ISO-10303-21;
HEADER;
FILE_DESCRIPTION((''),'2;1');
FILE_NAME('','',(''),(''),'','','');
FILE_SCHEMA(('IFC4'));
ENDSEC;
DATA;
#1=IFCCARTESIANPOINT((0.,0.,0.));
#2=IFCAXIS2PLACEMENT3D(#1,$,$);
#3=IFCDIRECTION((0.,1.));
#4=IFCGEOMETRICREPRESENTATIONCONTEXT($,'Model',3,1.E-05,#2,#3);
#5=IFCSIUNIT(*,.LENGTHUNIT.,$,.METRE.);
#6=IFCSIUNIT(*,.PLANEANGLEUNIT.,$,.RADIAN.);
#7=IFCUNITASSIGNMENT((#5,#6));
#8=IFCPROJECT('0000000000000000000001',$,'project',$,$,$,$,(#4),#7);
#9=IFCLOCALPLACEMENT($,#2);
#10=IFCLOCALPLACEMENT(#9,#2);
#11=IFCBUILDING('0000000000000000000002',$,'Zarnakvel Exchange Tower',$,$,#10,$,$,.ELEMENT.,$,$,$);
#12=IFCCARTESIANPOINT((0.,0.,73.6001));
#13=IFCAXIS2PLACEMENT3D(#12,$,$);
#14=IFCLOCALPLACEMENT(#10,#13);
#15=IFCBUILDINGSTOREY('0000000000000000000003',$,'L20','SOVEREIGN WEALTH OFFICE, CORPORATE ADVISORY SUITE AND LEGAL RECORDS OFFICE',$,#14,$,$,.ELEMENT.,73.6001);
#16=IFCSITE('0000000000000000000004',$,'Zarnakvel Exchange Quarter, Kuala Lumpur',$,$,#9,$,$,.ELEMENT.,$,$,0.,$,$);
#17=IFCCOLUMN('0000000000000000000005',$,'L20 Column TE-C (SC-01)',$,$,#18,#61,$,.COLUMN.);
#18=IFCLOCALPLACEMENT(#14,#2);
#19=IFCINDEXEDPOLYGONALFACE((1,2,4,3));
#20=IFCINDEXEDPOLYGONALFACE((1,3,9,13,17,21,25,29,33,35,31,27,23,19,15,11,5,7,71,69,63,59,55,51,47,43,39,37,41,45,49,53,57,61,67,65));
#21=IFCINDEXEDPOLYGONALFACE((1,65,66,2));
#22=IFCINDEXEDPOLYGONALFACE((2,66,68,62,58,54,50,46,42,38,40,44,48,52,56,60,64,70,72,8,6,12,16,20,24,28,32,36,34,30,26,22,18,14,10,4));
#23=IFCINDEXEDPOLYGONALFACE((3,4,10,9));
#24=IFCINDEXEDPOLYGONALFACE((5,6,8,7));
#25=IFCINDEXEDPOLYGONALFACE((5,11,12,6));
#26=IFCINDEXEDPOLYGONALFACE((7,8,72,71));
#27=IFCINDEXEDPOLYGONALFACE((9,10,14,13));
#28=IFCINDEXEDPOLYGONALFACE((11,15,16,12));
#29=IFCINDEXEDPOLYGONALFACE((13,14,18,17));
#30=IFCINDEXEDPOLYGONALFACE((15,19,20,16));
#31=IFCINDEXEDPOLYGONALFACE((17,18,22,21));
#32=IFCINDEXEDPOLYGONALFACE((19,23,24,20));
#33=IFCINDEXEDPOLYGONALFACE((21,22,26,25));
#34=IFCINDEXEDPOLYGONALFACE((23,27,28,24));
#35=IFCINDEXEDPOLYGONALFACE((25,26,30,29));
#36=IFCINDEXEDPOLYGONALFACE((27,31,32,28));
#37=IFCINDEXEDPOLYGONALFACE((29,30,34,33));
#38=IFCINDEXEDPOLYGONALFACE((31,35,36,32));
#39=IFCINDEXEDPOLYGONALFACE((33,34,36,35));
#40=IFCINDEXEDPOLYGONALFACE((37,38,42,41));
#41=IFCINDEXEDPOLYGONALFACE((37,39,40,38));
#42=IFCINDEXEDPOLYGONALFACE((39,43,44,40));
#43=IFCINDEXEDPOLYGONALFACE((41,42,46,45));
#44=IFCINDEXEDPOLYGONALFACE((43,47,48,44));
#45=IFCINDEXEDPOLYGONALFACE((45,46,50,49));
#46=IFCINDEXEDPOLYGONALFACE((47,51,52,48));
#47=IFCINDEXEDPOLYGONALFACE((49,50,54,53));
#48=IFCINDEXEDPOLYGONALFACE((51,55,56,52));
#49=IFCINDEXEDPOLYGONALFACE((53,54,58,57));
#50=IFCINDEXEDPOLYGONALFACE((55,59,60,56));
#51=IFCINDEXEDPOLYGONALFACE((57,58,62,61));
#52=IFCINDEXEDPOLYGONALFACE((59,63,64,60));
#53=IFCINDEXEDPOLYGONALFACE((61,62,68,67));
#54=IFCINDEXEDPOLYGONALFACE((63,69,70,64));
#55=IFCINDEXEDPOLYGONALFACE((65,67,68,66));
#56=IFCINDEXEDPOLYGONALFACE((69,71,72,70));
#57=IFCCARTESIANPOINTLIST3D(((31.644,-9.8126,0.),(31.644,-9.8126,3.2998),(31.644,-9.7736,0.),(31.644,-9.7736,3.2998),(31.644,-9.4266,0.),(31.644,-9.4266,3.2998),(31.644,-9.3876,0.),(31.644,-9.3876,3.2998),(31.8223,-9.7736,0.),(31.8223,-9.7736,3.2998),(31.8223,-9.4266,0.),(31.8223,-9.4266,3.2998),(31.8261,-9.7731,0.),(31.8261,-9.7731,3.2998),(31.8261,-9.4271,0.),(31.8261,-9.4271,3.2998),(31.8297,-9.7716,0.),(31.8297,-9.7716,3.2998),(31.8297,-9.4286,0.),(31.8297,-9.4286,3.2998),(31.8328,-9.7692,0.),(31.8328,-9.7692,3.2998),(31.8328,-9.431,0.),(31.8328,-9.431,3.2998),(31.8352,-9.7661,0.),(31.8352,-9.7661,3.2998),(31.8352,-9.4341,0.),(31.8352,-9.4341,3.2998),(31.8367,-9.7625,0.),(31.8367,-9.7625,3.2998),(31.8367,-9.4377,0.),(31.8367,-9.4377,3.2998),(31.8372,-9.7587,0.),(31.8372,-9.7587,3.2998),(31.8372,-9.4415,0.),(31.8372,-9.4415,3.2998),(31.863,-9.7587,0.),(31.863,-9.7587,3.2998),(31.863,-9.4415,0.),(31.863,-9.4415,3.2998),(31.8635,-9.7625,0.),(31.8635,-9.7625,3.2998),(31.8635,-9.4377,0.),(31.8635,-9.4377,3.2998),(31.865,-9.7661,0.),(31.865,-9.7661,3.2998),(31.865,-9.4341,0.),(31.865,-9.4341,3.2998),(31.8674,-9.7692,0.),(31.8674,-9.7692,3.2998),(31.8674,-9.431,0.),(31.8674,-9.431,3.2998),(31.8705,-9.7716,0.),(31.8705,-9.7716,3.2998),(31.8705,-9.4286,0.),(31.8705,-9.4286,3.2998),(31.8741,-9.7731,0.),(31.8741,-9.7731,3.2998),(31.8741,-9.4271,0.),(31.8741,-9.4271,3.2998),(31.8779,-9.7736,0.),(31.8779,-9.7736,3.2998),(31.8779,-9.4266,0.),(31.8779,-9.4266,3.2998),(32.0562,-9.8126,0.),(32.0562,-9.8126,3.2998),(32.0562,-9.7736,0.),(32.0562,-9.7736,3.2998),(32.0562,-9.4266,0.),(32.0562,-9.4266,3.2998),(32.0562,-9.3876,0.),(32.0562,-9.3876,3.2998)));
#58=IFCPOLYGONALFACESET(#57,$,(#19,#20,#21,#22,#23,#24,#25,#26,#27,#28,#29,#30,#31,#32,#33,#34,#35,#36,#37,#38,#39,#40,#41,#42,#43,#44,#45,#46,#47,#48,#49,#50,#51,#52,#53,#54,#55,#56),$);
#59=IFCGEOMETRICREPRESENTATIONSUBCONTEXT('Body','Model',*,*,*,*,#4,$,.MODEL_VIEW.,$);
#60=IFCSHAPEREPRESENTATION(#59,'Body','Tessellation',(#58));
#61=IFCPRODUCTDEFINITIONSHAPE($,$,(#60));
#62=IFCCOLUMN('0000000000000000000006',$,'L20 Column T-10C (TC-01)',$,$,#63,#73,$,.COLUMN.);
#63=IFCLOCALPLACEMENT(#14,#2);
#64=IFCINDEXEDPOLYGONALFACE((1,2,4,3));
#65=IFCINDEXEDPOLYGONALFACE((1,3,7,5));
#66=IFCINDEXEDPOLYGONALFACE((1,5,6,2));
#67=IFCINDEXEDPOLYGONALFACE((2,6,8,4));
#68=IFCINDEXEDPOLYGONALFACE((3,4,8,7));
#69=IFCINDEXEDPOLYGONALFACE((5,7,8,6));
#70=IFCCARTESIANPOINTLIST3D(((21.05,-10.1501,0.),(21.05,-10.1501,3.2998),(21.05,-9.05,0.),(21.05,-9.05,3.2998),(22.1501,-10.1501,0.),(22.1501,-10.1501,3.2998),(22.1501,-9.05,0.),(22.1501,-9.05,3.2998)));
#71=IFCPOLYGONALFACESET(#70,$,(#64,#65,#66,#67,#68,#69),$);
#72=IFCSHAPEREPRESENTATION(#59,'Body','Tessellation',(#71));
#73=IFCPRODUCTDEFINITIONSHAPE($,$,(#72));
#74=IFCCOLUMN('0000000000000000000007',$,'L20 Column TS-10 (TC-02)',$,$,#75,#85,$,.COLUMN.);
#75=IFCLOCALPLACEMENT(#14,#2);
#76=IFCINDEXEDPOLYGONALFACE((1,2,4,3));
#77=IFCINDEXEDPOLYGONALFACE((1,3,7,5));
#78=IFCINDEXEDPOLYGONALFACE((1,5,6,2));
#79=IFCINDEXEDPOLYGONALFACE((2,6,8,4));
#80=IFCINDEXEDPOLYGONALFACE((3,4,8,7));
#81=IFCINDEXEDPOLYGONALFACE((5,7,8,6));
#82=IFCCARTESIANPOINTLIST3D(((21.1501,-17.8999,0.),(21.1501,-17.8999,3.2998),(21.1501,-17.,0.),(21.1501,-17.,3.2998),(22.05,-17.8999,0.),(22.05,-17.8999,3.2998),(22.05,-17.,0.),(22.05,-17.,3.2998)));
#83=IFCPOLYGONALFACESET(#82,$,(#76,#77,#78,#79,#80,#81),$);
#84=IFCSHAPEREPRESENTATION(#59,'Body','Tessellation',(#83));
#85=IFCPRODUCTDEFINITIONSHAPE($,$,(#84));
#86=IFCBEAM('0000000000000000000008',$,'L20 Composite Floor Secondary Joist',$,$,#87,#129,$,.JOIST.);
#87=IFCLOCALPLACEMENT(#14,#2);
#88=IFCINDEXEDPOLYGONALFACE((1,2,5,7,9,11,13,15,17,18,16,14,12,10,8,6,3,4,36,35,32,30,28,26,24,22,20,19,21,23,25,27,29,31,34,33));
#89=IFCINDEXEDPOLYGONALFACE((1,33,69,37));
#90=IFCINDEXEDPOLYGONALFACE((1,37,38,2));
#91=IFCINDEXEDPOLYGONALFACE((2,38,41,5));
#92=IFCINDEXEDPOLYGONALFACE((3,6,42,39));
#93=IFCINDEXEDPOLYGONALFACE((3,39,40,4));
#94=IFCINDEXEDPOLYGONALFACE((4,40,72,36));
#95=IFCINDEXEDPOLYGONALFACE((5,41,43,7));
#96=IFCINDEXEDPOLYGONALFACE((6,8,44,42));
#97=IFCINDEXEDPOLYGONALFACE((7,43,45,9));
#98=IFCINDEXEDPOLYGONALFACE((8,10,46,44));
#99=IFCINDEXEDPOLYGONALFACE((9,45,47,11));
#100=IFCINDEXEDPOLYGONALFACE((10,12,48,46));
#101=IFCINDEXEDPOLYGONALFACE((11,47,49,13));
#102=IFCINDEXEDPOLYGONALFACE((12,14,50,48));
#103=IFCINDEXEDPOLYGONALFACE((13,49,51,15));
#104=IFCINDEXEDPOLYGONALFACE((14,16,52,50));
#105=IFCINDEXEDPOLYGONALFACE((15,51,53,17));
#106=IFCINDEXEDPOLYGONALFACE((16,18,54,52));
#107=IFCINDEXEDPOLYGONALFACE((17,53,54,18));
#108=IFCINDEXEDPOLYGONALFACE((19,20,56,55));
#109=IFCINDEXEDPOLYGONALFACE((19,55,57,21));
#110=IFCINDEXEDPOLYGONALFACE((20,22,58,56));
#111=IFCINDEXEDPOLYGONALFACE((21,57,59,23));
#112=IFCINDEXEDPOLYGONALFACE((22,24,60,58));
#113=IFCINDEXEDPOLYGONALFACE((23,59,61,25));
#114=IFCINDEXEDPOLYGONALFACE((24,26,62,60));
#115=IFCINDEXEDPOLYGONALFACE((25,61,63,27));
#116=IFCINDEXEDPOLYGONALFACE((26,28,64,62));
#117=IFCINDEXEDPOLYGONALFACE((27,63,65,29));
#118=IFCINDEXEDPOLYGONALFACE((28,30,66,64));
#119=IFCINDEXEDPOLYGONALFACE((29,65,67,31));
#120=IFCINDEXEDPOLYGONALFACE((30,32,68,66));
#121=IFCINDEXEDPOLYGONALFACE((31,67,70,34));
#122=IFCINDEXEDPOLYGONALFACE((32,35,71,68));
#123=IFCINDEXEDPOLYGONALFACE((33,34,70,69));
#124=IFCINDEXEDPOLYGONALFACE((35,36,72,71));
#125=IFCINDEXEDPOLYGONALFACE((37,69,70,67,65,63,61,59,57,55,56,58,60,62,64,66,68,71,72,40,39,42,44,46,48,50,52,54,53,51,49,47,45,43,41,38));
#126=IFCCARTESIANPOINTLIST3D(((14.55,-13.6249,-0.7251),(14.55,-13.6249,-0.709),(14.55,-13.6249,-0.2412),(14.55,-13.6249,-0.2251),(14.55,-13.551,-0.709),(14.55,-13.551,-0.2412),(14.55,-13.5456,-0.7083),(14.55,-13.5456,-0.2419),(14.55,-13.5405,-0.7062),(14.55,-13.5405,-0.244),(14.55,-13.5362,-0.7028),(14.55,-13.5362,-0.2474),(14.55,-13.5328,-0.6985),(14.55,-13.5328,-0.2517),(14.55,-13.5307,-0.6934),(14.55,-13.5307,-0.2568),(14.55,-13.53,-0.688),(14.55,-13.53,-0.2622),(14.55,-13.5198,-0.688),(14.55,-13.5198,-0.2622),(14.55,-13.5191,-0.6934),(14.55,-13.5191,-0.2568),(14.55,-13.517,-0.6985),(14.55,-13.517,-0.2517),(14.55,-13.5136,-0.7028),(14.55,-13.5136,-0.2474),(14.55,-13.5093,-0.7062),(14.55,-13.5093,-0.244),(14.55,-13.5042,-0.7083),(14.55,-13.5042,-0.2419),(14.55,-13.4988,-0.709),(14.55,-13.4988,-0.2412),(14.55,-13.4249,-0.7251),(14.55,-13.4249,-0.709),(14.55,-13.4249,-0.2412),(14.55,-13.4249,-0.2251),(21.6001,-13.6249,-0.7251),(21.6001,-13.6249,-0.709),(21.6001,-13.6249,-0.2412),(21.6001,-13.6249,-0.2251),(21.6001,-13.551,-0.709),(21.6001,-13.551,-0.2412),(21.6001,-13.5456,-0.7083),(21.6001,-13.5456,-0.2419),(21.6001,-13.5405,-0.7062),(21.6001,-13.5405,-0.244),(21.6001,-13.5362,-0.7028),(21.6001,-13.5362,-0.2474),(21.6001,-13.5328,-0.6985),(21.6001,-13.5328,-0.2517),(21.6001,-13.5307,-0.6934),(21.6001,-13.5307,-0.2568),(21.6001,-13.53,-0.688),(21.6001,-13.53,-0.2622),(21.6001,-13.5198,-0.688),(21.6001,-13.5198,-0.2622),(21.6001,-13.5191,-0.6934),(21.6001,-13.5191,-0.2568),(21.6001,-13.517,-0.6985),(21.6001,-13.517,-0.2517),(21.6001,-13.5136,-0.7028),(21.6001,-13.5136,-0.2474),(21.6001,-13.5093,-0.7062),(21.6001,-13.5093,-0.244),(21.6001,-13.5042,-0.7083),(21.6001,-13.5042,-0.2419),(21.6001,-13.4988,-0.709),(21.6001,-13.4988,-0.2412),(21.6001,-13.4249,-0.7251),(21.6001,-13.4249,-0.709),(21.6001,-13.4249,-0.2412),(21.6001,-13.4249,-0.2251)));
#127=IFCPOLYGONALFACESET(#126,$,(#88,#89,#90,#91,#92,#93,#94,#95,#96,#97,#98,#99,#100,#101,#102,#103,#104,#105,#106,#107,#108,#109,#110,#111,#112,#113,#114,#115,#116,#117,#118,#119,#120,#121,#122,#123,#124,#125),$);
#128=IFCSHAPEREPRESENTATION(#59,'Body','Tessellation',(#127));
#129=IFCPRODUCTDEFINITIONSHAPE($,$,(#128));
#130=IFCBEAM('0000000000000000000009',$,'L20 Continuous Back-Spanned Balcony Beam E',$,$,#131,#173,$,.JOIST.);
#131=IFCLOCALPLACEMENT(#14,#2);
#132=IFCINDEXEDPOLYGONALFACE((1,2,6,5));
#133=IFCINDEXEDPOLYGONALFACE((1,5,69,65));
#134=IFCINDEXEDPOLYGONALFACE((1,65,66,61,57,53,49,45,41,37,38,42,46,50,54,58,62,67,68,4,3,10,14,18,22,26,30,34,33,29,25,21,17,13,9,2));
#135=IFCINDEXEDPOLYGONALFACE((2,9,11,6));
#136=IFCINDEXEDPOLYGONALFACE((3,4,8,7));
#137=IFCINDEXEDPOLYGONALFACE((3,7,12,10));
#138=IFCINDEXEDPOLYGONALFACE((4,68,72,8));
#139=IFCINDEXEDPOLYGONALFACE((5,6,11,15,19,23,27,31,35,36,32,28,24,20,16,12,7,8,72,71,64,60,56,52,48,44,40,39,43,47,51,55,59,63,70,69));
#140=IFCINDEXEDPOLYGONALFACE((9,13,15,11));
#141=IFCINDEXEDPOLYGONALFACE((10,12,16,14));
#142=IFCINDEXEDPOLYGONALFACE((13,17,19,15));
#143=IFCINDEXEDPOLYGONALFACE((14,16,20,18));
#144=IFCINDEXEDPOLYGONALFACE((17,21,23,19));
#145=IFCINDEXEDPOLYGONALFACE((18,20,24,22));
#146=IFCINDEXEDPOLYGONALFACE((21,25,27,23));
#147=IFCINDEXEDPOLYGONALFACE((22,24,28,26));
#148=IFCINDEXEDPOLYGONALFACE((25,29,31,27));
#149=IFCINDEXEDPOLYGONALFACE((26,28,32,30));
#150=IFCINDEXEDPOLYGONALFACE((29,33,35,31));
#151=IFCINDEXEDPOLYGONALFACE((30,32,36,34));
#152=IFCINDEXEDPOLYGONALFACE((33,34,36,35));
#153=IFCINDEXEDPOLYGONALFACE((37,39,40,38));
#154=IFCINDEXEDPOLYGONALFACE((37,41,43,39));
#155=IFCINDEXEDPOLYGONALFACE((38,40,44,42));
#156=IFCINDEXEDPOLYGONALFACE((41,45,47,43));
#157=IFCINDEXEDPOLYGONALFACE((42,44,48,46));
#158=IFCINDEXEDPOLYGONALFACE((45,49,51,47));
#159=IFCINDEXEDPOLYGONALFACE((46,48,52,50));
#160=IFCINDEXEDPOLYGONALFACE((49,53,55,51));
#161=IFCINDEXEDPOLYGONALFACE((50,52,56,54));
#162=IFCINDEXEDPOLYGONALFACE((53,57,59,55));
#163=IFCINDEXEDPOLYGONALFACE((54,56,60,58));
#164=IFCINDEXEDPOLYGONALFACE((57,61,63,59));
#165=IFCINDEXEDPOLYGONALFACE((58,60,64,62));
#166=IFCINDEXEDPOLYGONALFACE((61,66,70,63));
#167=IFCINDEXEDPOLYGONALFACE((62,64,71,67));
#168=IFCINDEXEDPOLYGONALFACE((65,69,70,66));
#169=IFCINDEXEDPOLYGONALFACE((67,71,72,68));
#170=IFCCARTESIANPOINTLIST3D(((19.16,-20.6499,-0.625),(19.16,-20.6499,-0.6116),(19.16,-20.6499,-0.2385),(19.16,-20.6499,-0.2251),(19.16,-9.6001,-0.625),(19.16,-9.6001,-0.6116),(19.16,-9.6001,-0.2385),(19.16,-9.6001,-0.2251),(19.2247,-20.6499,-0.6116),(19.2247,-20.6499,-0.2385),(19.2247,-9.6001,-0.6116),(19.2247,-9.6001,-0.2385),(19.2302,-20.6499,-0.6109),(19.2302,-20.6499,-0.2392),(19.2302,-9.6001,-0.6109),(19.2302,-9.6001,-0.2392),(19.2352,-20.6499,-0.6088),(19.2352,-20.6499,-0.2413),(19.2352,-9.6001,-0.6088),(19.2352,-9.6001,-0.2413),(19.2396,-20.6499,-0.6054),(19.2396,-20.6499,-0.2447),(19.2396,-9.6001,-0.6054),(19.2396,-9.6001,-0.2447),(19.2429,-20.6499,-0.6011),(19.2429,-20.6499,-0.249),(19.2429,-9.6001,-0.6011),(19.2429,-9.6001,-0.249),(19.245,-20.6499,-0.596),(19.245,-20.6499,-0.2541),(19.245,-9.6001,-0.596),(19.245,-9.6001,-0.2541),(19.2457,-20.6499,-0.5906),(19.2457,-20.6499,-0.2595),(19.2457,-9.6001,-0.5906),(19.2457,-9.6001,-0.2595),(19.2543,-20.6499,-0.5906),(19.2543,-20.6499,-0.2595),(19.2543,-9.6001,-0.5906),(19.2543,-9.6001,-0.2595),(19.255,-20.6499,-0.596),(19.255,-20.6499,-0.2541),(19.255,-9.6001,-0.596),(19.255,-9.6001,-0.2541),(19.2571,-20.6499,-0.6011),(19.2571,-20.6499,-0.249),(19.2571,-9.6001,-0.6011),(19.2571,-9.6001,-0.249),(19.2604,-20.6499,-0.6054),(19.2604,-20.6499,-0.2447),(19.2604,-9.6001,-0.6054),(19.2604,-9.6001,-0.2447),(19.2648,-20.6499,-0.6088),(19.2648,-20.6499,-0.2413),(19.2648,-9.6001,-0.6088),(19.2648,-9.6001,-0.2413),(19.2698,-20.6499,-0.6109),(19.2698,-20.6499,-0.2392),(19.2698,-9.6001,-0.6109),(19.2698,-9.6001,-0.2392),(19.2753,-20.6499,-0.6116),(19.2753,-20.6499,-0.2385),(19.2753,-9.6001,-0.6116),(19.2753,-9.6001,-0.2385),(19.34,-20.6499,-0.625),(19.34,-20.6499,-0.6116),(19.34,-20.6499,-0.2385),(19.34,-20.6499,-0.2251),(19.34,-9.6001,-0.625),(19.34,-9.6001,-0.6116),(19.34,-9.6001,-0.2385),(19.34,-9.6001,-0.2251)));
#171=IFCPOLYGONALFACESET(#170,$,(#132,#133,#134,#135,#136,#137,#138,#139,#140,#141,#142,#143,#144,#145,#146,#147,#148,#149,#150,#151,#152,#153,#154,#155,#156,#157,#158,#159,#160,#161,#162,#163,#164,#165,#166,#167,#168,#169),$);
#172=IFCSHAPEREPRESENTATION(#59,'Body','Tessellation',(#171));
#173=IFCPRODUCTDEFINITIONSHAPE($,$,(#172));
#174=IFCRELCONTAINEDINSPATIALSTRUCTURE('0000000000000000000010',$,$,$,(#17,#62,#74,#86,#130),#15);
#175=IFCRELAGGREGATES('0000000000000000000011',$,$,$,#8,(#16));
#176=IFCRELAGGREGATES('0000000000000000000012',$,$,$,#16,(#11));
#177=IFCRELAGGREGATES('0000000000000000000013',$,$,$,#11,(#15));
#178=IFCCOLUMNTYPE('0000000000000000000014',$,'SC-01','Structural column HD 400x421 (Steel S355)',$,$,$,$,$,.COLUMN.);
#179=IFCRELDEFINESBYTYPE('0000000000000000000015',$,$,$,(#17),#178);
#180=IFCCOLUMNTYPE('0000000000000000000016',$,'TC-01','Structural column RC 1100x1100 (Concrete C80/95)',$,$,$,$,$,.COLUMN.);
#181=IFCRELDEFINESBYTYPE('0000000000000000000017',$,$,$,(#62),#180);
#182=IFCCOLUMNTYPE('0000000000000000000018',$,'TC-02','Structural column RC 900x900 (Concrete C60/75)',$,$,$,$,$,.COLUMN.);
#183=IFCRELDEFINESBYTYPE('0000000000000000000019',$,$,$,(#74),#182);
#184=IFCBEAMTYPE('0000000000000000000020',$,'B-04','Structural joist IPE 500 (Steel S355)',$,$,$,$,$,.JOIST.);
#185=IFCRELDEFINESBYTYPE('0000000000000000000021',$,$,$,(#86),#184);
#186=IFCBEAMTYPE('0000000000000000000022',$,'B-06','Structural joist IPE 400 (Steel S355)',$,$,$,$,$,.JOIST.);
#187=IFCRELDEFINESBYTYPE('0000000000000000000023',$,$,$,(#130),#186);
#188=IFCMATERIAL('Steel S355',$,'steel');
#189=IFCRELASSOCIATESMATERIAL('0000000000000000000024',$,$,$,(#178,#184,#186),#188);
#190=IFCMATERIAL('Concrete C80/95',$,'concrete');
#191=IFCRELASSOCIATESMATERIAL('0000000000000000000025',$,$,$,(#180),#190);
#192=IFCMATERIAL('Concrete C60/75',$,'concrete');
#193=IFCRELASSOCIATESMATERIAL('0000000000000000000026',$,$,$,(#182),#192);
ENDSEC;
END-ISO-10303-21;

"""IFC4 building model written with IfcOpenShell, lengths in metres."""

from ifc_helpers import new_model, si_unit, direction, frame, origin, origin_2d, place, context, subcontext, project, spatial, rectangle, i_section, extrude, material, material_profile, profile_set, type_object, element, save


model = new_model("IFC4")

# Units and contexts
model_context = context("Model", 3, precision=1e-05, world=origin(), true_north=direction((0.0, 1.0)))
body_context = subcontext(model_context, "Body", "Model", "MODEL_VIEW")
ifc_project = project(units=[si_unit("LENGTHUNIT", "METRE"), si_unit("PLANEANGLEUNIT", "RADIAN")], contexts=[model_context])

# Site, building, storey
site_placement = place(None, origin())
site = spatial("IfcSite", under=ifc_project, at=site_placement, Name="Zarnakvel Exchange Quarter, Kuala Lumpur", CompositionType="ELEMENT", RefElevation=0.0)
building_placement = place(site_placement, origin())
building = spatial("IfcBuilding", under=site, at=building_placement, Name="Zarnakvel Exchange Tower", CompositionType="ELEMENT")
storey_placement = place(building_placement, frame((0.0, 0.0, 73.6001)))
storey = spatial("IfcBuildingStorey", under=building, at=storey_placement, Name="L20", Description="SOVEREIGN WEALTH OFFICE, CORPORATE ADVISORY SUITE AND LEGAL RECORDS OFFICE", CompositionType="ELEMENT", Elevation=73.6001)

# Columns
ifc_material_1 = material(Name="Steel S355", Category="steel")
ifc_material_profile_1 = material_profile(ifc_material_1, i_section(OverallWidth=0.4121, OverallDepth=0.425, WebThickness=0.0259, FlangeThickness=0.0391, FilletRadius=0.0149, at=origin_2d()))
ifc_profile_set_1 = profile_set([ifc_material_profile_1], Name="Steel S355")
column_type_1 = type_object("IfcColumnType", Name="SC-01", Description="Structural column HD 400x421 (Steel S355)", PredefinedType="COLUMN", material=ifc_profile_set_1)
column_1_placement = place(storey_placement, frame((31.8501, -9.6001, 0.0), z_axis=(0.0, 0.0, 1.0), x_axis=(1.0, 0.0, 0.0)))
element("IfcColumn", 1, at=column_1_placement, inside=storey, type_object=column_type_1, Name="L20 Column TE-C (SC-01)", PredefinedType="COLUMN", context=body_context, shape_type="SweptSolid", body=[
    extrude(i_section(OverallWidth=0.4121, OverallDepth=0.425, WebThickness=0.0259, FlangeThickness=0.0391, FilletRadius=0.0149, at=origin_2d()), origin(), (0.0, 0.0, 1.0), 3.2998),
])
ifc_material_2 = material(Name="Concrete C80/95", Category="concrete")
ifc_material_profile_2 = material_profile(ifc_material_2, rectangle(XDim=1.1001, YDim=1.1001, at=origin_2d()))
ifc_profile_set_2 = profile_set([ifc_material_profile_2], Name="Concrete C80/95")
column_type_2 = type_object("IfcColumnType", Name="TC-01", Description="Structural column RC 1100x1100 (Concrete C80/95)", PredefinedType="COLUMN", material=ifc_profile_set_2)
column_2_placement = place(storey_placement, frame((21.6001, -9.6001, 0.0), z_axis=(0.0, 0.0, 1.0), x_axis=(1.0, 0.0, 0.0)))
element("IfcColumn", 2, at=column_2_placement, inside=storey, type_object=column_type_2, Name="L20 Column T-10C (TC-01)", PredefinedType="COLUMN", context=body_context, shape_type="SweptSolid", body=[
    extrude(rectangle(XDim=1.1001, YDim=1.1001, at=origin_2d()), origin(), (0.0, 0.0, 1.0), 3.2998),
])
ifc_material_3 = material(Name="Concrete C60/75", Category="concrete")
ifc_material_profile_3 = material_profile(ifc_material_3, rectangle(XDim=0.8999, YDim=0.8999, at=origin_2d()))
ifc_profile_set_3 = profile_set([ifc_material_profile_3], Name="Concrete C60/75")
column_type_3 = type_object("IfcColumnType", Name="TC-02", Description="Structural column RC 900x900 (Concrete C60/75)", PredefinedType="COLUMN", material=ifc_profile_set_3)
column_3_placement = place(storey_placement, frame((21.6001, -17.45, 0.0), z_axis=(0.0, 0.0, 1.0), x_axis=(1.0, 0.0, 0.0)))
element("IfcColumn", 3, at=column_3_placement, inside=storey, type_object=column_type_3, Name="L20 Column TS-10 (TC-02)", PredefinedType="COLUMN", context=body_context, shape_type="SweptSolid", body=[
    extrude(rectangle(XDim=0.8999, YDim=0.8999, at=origin_2d()), origin(), (0.0, 0.0, 1.0), 3.2998),
])

# Beams
ifc_material_profile_4 = material_profile(ifc_material_1, i_section(OverallWidth=0.2, OverallDepth=0.5, WebThickness=0.0103, FlangeThickness=0.0161, FilletRadius=0.021, at=origin_2d()))
ifc_profile_set_4 = profile_set([ifc_material_profile_4], Name="Steel S355")
beam_type_1 = type_object("IfcBeamType", Name="B-04", Description="Structural joist IPE 500 (Steel S355)", PredefinedType="JOIST", material=ifc_profile_set_4)
beam_1_placement = place(storey_placement, frame((14.55, -13.5249, -0.4751), z_axis=(1.0, 0.0, 0.0), x_axis=(0.0, 1.0, 0.0)))
element("IfcBeam", 4, at=beam_1_placement, inside=storey, type_object=beam_type_1, Name="L20 Composite Floor Secondary Joist", PredefinedType="JOIST", context=body_context, shape_type="SweptSolid", body=[
    extrude(i_section(OverallWidth=0.2, OverallDepth=0.5, WebThickness=0.0103, FlangeThickness=0.0161, FilletRadius=0.021, at=origin_2d()), origin(), (0.0, 0.0, 1.0), 7.05),
])
ifc_material_profile_5 = material_profile(ifc_material_1, i_section(OverallWidth=0.1799, OverallDepth=0.3999, WebThickness=0.0085, FlangeThickness=0.0134, FilletRadius=0.021, at=origin_2d()))
ifc_profile_set_5 = profile_set([ifc_material_profile_5], Name="Steel S355")
beam_type_2 = type_object("IfcBeamType", Name="B-06", Description="Structural joist IPE 400 (Steel S355)", PredefinedType="JOIST", material=ifc_profile_set_5)
beam_2_placement = place(storey_placement, frame((19.25, -9.6001, -0.425), z_axis=(0.0, -1.0, 0.0), x_axis=(1.0, 0.0, 0.0)))
element("IfcBeam", 5, at=beam_2_placement, inside=storey, type_object=beam_type_2, Name="L20 Continuous Back-Spanned Balcony Beam E", PredefinedType="JOIST", context=body_context, shape_type="SweptSolid", body=[
    extrude(i_section(OverallWidth=0.1799, OverallDepth=0.3999, WebThickness=0.0085, FlangeThickness=0.0134, FilletRadius=0.021, at=origin_2d()), origin(), (0.0, 0.0, 1.0), 11.0498),
])

save(model, "model.ifc")
